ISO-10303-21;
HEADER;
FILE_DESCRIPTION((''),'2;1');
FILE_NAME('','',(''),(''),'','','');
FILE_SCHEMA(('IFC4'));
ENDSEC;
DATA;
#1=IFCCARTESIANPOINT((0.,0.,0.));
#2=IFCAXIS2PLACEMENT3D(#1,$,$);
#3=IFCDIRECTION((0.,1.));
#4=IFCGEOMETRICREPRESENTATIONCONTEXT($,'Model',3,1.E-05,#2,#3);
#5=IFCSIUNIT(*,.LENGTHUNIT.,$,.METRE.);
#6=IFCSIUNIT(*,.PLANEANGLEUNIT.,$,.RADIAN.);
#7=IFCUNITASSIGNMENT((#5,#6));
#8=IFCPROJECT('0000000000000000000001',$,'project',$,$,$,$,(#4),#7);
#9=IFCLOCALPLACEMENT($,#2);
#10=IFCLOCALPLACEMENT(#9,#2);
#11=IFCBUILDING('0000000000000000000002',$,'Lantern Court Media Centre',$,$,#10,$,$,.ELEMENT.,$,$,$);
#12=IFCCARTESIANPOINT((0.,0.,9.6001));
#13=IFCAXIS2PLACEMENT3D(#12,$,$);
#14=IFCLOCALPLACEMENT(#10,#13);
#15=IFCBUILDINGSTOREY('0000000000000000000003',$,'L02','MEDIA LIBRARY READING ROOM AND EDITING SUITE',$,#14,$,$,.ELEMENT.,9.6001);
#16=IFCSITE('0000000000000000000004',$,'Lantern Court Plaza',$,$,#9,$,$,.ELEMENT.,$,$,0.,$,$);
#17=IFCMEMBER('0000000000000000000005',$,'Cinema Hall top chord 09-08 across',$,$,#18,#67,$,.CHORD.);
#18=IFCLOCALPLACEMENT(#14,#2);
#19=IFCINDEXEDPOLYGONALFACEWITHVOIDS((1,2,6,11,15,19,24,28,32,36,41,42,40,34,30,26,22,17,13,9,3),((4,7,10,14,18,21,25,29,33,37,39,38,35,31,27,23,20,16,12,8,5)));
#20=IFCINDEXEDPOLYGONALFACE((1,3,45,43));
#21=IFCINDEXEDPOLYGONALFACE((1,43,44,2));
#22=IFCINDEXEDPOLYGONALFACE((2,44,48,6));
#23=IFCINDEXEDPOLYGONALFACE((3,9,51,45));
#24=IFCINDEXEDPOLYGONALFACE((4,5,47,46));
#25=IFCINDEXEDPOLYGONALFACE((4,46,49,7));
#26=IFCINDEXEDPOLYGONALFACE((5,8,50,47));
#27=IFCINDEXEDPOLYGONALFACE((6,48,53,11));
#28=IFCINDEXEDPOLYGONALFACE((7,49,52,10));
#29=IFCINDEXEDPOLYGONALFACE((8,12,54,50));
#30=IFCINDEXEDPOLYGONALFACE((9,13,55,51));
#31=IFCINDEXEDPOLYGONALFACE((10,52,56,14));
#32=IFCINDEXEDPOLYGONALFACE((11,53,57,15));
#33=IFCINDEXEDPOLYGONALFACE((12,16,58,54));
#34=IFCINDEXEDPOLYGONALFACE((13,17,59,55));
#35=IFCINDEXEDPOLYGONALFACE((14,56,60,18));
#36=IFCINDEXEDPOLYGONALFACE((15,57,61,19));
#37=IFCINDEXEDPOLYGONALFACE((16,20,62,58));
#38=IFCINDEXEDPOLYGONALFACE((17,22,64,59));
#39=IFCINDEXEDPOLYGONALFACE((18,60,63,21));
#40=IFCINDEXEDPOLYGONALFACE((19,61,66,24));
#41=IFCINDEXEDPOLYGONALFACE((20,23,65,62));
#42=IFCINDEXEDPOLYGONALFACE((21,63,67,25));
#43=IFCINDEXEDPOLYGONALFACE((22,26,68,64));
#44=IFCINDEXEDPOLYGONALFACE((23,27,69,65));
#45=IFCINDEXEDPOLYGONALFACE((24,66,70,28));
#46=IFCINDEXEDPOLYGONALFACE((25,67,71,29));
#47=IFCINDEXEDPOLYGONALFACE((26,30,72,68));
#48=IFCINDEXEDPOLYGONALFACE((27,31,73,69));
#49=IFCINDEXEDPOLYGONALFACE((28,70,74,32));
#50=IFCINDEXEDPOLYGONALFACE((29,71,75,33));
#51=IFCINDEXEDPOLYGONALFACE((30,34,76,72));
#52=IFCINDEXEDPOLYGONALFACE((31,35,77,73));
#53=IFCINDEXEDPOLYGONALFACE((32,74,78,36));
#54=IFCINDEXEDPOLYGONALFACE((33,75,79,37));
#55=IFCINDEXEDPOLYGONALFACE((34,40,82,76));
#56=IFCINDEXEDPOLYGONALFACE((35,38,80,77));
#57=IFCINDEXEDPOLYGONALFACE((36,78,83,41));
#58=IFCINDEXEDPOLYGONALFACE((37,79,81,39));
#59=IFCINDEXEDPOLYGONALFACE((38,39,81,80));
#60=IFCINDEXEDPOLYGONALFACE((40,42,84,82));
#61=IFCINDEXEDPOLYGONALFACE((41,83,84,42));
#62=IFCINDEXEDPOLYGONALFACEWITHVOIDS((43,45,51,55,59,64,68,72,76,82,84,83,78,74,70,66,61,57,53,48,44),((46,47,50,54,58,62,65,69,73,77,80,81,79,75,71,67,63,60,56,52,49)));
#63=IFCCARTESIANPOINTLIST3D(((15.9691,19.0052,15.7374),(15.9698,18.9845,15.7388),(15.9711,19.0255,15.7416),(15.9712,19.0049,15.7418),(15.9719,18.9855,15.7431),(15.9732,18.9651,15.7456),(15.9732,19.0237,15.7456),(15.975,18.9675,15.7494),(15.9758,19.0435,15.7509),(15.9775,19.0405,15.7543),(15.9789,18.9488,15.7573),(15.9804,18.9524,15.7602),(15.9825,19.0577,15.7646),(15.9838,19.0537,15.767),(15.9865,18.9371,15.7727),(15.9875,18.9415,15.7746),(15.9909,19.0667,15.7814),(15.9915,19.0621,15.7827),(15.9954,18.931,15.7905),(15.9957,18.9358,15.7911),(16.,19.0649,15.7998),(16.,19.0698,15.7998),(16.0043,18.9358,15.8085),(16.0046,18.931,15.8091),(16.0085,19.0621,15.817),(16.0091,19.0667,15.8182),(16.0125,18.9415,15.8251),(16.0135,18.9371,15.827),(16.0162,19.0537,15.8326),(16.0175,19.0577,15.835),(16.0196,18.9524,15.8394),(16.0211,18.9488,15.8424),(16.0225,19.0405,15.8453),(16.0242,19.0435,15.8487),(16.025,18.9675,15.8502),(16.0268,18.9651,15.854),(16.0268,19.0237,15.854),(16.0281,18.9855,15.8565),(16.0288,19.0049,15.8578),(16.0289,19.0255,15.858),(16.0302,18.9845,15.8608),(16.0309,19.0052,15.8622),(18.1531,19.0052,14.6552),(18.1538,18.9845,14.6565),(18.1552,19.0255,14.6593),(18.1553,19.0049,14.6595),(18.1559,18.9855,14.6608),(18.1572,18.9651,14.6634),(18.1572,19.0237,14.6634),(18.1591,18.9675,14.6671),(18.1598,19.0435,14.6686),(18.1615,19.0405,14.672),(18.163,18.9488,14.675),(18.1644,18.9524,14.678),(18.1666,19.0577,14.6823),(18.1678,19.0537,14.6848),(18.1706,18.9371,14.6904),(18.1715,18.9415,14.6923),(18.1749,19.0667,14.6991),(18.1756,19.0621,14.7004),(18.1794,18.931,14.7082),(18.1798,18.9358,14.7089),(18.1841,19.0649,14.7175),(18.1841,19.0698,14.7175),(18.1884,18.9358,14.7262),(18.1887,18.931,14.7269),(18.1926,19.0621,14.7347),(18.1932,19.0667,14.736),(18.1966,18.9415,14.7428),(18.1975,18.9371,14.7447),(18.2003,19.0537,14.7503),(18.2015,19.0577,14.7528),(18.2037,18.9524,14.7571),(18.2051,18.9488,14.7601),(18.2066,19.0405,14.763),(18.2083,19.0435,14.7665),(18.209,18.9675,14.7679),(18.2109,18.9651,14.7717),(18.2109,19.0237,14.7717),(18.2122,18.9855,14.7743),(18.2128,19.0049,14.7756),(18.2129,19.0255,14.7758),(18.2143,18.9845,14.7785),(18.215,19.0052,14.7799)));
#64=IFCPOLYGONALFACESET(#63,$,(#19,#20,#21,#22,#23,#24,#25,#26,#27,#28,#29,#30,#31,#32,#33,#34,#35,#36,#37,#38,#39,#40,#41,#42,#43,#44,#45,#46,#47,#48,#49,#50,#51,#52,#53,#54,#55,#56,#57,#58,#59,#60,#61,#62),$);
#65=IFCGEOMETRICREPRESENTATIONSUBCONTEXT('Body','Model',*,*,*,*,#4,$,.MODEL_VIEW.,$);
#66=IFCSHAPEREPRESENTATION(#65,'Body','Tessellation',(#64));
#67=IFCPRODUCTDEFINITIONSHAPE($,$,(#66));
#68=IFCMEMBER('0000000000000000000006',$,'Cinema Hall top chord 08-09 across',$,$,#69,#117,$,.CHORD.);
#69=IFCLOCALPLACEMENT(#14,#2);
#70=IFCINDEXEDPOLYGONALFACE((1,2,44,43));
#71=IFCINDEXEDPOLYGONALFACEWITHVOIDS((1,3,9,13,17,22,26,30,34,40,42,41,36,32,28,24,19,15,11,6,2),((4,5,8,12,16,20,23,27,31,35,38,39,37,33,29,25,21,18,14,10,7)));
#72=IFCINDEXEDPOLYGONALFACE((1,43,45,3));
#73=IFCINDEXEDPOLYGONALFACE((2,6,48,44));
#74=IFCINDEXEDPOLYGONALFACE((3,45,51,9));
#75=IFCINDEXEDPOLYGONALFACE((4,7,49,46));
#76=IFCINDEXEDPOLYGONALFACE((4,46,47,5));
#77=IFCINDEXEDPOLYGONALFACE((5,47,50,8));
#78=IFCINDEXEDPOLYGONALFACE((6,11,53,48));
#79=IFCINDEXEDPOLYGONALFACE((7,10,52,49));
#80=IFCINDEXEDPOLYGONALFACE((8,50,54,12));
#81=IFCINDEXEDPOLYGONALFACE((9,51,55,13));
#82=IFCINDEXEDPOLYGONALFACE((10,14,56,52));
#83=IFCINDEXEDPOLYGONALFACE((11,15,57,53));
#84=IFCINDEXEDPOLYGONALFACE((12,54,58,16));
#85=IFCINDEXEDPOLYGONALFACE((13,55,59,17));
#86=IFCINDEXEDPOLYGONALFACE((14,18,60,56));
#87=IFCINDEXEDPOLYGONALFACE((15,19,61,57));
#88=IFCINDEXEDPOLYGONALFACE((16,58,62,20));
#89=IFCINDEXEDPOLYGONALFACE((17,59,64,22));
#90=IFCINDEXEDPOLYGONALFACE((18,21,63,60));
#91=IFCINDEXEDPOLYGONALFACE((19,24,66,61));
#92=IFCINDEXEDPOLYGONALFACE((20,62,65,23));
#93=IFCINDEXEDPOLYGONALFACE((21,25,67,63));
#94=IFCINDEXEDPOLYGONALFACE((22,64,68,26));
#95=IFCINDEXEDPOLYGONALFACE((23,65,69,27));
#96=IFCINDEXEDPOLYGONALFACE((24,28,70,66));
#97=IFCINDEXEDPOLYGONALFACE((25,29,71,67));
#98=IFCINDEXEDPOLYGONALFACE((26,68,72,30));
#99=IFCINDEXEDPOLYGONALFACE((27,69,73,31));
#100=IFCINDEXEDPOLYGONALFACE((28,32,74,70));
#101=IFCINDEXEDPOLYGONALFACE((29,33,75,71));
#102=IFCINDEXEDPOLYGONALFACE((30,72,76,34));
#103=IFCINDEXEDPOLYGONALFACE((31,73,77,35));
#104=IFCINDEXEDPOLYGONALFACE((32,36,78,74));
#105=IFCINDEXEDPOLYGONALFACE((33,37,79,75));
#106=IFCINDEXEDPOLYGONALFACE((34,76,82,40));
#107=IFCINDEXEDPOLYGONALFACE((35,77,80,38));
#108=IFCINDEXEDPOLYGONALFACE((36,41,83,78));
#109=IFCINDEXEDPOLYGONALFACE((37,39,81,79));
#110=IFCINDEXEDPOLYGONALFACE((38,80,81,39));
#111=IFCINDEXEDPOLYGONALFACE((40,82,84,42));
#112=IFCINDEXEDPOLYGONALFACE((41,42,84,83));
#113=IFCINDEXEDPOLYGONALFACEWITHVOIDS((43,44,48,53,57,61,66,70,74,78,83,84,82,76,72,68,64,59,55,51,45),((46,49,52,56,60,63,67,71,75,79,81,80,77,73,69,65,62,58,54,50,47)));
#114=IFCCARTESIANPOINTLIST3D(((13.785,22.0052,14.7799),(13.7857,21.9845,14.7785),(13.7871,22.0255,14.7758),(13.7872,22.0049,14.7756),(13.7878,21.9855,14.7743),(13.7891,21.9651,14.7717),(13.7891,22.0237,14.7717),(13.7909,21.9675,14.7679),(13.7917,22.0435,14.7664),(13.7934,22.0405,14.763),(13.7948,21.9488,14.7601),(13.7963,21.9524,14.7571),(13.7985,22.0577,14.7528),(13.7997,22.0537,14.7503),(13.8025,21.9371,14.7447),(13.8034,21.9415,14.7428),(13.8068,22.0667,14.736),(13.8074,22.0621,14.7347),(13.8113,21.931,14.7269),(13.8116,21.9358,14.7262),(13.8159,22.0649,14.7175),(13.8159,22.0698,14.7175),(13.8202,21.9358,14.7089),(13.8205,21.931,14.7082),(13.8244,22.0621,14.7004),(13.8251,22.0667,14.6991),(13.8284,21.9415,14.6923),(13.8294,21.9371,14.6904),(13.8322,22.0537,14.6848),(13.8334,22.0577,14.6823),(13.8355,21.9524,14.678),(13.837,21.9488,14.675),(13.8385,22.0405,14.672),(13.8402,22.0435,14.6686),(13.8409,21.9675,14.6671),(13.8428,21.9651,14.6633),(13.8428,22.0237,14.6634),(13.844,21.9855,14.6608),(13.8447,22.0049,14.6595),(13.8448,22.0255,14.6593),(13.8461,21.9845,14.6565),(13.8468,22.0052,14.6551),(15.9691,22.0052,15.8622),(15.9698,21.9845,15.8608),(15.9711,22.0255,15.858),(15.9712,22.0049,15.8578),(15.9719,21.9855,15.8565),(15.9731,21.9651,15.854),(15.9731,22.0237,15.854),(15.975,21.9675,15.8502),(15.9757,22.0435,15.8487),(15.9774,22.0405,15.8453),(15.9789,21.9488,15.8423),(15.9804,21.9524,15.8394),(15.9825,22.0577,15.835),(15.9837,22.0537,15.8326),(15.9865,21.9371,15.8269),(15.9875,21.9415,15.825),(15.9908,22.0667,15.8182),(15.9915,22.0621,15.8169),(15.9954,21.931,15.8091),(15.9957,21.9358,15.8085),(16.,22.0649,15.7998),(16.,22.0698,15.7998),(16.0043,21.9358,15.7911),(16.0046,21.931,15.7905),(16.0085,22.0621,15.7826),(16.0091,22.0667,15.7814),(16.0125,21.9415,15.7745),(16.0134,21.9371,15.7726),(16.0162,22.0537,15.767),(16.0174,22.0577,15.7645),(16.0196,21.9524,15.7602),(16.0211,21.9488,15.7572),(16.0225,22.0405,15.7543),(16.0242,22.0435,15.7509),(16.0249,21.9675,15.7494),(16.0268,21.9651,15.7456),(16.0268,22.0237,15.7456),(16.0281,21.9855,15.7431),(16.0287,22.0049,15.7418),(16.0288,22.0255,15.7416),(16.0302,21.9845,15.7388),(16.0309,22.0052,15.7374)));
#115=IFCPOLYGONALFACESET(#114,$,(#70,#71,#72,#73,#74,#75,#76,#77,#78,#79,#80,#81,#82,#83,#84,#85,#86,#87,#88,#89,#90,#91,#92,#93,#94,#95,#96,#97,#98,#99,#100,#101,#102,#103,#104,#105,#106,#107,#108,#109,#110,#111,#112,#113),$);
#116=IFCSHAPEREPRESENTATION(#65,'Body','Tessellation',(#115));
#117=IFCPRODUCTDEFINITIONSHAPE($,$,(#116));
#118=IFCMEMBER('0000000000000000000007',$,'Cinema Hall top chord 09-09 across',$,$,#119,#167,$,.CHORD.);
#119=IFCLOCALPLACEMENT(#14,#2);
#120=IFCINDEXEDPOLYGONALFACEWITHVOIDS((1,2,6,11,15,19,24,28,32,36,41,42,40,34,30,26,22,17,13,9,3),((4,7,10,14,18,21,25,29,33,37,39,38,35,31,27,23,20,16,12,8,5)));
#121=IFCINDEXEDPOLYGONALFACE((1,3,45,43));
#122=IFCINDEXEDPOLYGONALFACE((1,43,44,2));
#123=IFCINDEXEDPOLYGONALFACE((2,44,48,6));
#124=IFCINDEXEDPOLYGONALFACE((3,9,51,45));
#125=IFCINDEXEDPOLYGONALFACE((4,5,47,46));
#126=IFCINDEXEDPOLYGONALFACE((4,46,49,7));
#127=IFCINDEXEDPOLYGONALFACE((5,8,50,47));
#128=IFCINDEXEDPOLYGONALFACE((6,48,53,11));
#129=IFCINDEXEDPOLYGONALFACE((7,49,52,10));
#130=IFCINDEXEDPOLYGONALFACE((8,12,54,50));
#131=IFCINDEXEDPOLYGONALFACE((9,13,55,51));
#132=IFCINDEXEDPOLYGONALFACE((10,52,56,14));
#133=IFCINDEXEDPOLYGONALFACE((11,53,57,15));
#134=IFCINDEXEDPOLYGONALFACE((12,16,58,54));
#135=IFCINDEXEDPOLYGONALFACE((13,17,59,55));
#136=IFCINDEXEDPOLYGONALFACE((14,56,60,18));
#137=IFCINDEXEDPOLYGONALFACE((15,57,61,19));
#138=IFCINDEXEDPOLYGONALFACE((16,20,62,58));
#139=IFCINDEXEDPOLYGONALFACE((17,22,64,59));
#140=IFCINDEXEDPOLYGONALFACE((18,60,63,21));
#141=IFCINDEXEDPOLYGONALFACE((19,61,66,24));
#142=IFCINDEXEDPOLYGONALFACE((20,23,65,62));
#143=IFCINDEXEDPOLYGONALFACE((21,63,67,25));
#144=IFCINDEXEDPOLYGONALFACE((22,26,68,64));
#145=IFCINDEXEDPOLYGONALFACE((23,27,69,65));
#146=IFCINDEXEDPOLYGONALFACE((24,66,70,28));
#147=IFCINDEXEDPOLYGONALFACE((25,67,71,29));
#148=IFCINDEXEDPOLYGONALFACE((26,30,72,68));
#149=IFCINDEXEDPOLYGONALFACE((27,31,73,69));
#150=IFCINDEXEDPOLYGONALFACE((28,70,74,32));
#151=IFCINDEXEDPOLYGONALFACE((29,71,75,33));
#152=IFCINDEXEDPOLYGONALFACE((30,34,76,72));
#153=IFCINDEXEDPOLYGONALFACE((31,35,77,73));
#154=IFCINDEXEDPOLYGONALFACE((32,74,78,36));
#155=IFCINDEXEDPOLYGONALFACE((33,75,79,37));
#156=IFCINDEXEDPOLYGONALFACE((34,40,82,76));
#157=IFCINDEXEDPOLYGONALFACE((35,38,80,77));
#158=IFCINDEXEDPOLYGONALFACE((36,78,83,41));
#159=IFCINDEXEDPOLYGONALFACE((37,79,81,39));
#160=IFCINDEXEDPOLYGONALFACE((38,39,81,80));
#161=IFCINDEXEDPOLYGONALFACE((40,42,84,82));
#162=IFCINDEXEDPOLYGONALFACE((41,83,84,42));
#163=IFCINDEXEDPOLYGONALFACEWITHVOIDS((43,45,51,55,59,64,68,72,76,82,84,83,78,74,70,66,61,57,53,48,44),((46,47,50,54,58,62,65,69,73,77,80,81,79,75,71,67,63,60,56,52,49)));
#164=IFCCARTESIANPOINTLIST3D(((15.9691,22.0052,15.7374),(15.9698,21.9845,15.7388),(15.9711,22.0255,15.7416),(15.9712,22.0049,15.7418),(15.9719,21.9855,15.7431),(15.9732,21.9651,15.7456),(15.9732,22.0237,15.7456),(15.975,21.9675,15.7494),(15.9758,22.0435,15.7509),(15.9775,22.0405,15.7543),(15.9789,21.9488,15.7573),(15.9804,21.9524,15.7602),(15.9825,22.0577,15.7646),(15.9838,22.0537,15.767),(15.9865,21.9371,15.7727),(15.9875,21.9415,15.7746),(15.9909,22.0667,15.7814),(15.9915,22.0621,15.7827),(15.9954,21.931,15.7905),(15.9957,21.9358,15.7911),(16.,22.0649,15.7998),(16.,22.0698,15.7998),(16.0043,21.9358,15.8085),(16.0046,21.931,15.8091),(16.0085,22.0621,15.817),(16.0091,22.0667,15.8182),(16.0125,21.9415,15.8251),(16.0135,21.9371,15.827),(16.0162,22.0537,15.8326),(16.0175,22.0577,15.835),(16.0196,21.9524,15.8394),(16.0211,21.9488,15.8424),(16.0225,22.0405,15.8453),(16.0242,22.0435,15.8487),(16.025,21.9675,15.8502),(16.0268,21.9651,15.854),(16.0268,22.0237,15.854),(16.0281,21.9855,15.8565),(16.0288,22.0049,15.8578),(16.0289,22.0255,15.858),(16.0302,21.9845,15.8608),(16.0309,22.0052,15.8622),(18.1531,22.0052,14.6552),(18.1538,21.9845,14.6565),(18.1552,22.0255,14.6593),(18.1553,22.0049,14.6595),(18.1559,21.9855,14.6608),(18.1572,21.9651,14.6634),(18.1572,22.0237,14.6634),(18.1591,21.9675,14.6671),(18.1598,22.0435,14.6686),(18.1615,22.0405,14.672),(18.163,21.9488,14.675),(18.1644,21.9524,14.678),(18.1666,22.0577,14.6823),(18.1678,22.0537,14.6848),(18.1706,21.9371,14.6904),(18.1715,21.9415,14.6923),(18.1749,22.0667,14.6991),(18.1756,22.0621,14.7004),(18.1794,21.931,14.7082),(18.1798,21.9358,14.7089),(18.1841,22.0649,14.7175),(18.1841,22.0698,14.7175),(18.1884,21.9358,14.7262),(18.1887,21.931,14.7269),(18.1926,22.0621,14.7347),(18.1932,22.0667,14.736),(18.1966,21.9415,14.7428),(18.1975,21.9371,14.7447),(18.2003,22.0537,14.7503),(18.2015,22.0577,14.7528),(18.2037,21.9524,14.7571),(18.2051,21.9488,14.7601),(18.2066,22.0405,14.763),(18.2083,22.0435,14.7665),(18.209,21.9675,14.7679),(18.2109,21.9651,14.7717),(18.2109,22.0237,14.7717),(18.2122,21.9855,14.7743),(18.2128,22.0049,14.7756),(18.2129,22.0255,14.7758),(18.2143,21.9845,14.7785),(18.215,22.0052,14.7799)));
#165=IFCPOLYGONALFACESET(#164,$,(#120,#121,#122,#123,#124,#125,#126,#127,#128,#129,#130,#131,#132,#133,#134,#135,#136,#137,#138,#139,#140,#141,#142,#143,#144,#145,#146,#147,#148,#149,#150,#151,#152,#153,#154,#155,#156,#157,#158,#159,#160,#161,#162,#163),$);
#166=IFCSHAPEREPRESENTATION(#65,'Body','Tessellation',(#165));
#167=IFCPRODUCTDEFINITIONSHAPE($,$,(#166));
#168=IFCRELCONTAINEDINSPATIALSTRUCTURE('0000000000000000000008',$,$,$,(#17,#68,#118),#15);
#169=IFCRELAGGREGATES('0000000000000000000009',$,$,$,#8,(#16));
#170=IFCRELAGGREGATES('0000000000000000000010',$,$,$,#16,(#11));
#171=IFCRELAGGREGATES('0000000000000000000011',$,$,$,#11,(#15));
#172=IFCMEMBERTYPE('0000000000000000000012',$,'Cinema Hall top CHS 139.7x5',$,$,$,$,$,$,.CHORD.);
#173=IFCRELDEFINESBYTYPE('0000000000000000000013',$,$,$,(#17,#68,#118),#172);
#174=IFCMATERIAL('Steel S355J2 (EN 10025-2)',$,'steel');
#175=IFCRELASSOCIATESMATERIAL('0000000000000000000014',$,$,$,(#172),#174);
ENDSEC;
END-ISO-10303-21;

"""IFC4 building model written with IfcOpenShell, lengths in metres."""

from ifc_helpers import new_model, si_unit, direction, frame, origin, origin_2d, place, context, subcontext, project, spatial, hollow_circle, extrude, material, material_profile, profile_set, type_object, element, save


model = new_model("IFC4")

# Units and contexts
model_context = context("Model", 3, precision=1e-05, world=origin(), true_north=direction((0.0, 1.0)))
body_context = subcontext(model_context, "Body", "Model", "MODEL_VIEW")
ifc_project = project(units=[si_unit("LENGTHUNIT", "METRE"), si_unit("PLANEANGLEUNIT", "RADIAN")], contexts=[model_context])

# Site, building, storey
site_placement = place(None, origin())
site = spatial("IfcSite", under=ifc_project, at=site_placement, Name="Lantern Court Plaza", CompositionType="ELEMENT", RefElevation=0.0)
building_placement = place(site_placement, origin())
building = spatial("IfcBuilding", under=site, at=building_placement, Name="Lantern Court Media Centre", CompositionType="ELEMENT")
storey_placement = place(building_placement, frame((0.0, 0.0, 9.6001)))
storey = spatial("IfcBuildingStorey", under=building, at=storey_placement, Name="L02", Description="MEDIA LIBRARY READING ROOM AND EDITING SUITE", CompositionType="ELEMENT", Elevation=9.6001)

# Members
ifc_material = material(Name="Steel S355J2 (EN 10025-2)", Category="steel")
ifc_material_profile_1 = material_profile(ifc_material, hollow_circle(Radius=0.0698, WallThickness=0.0049, at=origin_2d()), Name="Cinema Hall top CHS 139.7x5")
ifc_profile_set_1 = profile_set([ifc_material_profile_1], Name="Steel S355J2 (EN 10025-2)")
member_type_1 = type_object("IfcMemberType", Name="Cinema Hall top CHS 139.7x5", PredefinedType="CHORD", material=ifc_profile_set_1)
for number, where, z_axis, x_axis, name in (
    (1, (16.0, 19.0, 15.7998), (0.896024, 0.0, -0.444006), (0.0, 1.0, 0.0), "Cinema Hall top chord 09-08 across"),
    (2, (13.8159, 22.0, 14.7175), (0.896024, 0.0, 0.444006), (0.0, 1.0, 0.0), "Cinema Hall top chord 08-09 across"),
    (3, (16.0, 22.0, 15.7998), (0.896024, 0.0, -0.444006), (0.0, 1.0, 0.0), "Cinema Hall top chord 09-09 across"),
):
    element("IfcMember", number, at=place(storey_placement, frame(where, z_axis=z_axis, x_axis=x_axis)), inside=storey, type_object=member_type_1, Name=name, PredefinedType="CHORD", context=body_context, shape_type="SweptSolid", body=[
        extrude(hollow_circle(Radius=0.0698, WallThickness=0.0049, at=origin_2d()), origin(), (0.0, 0.0, 1.0), 2.4375),
    ])

save(model, "model.ifc")
